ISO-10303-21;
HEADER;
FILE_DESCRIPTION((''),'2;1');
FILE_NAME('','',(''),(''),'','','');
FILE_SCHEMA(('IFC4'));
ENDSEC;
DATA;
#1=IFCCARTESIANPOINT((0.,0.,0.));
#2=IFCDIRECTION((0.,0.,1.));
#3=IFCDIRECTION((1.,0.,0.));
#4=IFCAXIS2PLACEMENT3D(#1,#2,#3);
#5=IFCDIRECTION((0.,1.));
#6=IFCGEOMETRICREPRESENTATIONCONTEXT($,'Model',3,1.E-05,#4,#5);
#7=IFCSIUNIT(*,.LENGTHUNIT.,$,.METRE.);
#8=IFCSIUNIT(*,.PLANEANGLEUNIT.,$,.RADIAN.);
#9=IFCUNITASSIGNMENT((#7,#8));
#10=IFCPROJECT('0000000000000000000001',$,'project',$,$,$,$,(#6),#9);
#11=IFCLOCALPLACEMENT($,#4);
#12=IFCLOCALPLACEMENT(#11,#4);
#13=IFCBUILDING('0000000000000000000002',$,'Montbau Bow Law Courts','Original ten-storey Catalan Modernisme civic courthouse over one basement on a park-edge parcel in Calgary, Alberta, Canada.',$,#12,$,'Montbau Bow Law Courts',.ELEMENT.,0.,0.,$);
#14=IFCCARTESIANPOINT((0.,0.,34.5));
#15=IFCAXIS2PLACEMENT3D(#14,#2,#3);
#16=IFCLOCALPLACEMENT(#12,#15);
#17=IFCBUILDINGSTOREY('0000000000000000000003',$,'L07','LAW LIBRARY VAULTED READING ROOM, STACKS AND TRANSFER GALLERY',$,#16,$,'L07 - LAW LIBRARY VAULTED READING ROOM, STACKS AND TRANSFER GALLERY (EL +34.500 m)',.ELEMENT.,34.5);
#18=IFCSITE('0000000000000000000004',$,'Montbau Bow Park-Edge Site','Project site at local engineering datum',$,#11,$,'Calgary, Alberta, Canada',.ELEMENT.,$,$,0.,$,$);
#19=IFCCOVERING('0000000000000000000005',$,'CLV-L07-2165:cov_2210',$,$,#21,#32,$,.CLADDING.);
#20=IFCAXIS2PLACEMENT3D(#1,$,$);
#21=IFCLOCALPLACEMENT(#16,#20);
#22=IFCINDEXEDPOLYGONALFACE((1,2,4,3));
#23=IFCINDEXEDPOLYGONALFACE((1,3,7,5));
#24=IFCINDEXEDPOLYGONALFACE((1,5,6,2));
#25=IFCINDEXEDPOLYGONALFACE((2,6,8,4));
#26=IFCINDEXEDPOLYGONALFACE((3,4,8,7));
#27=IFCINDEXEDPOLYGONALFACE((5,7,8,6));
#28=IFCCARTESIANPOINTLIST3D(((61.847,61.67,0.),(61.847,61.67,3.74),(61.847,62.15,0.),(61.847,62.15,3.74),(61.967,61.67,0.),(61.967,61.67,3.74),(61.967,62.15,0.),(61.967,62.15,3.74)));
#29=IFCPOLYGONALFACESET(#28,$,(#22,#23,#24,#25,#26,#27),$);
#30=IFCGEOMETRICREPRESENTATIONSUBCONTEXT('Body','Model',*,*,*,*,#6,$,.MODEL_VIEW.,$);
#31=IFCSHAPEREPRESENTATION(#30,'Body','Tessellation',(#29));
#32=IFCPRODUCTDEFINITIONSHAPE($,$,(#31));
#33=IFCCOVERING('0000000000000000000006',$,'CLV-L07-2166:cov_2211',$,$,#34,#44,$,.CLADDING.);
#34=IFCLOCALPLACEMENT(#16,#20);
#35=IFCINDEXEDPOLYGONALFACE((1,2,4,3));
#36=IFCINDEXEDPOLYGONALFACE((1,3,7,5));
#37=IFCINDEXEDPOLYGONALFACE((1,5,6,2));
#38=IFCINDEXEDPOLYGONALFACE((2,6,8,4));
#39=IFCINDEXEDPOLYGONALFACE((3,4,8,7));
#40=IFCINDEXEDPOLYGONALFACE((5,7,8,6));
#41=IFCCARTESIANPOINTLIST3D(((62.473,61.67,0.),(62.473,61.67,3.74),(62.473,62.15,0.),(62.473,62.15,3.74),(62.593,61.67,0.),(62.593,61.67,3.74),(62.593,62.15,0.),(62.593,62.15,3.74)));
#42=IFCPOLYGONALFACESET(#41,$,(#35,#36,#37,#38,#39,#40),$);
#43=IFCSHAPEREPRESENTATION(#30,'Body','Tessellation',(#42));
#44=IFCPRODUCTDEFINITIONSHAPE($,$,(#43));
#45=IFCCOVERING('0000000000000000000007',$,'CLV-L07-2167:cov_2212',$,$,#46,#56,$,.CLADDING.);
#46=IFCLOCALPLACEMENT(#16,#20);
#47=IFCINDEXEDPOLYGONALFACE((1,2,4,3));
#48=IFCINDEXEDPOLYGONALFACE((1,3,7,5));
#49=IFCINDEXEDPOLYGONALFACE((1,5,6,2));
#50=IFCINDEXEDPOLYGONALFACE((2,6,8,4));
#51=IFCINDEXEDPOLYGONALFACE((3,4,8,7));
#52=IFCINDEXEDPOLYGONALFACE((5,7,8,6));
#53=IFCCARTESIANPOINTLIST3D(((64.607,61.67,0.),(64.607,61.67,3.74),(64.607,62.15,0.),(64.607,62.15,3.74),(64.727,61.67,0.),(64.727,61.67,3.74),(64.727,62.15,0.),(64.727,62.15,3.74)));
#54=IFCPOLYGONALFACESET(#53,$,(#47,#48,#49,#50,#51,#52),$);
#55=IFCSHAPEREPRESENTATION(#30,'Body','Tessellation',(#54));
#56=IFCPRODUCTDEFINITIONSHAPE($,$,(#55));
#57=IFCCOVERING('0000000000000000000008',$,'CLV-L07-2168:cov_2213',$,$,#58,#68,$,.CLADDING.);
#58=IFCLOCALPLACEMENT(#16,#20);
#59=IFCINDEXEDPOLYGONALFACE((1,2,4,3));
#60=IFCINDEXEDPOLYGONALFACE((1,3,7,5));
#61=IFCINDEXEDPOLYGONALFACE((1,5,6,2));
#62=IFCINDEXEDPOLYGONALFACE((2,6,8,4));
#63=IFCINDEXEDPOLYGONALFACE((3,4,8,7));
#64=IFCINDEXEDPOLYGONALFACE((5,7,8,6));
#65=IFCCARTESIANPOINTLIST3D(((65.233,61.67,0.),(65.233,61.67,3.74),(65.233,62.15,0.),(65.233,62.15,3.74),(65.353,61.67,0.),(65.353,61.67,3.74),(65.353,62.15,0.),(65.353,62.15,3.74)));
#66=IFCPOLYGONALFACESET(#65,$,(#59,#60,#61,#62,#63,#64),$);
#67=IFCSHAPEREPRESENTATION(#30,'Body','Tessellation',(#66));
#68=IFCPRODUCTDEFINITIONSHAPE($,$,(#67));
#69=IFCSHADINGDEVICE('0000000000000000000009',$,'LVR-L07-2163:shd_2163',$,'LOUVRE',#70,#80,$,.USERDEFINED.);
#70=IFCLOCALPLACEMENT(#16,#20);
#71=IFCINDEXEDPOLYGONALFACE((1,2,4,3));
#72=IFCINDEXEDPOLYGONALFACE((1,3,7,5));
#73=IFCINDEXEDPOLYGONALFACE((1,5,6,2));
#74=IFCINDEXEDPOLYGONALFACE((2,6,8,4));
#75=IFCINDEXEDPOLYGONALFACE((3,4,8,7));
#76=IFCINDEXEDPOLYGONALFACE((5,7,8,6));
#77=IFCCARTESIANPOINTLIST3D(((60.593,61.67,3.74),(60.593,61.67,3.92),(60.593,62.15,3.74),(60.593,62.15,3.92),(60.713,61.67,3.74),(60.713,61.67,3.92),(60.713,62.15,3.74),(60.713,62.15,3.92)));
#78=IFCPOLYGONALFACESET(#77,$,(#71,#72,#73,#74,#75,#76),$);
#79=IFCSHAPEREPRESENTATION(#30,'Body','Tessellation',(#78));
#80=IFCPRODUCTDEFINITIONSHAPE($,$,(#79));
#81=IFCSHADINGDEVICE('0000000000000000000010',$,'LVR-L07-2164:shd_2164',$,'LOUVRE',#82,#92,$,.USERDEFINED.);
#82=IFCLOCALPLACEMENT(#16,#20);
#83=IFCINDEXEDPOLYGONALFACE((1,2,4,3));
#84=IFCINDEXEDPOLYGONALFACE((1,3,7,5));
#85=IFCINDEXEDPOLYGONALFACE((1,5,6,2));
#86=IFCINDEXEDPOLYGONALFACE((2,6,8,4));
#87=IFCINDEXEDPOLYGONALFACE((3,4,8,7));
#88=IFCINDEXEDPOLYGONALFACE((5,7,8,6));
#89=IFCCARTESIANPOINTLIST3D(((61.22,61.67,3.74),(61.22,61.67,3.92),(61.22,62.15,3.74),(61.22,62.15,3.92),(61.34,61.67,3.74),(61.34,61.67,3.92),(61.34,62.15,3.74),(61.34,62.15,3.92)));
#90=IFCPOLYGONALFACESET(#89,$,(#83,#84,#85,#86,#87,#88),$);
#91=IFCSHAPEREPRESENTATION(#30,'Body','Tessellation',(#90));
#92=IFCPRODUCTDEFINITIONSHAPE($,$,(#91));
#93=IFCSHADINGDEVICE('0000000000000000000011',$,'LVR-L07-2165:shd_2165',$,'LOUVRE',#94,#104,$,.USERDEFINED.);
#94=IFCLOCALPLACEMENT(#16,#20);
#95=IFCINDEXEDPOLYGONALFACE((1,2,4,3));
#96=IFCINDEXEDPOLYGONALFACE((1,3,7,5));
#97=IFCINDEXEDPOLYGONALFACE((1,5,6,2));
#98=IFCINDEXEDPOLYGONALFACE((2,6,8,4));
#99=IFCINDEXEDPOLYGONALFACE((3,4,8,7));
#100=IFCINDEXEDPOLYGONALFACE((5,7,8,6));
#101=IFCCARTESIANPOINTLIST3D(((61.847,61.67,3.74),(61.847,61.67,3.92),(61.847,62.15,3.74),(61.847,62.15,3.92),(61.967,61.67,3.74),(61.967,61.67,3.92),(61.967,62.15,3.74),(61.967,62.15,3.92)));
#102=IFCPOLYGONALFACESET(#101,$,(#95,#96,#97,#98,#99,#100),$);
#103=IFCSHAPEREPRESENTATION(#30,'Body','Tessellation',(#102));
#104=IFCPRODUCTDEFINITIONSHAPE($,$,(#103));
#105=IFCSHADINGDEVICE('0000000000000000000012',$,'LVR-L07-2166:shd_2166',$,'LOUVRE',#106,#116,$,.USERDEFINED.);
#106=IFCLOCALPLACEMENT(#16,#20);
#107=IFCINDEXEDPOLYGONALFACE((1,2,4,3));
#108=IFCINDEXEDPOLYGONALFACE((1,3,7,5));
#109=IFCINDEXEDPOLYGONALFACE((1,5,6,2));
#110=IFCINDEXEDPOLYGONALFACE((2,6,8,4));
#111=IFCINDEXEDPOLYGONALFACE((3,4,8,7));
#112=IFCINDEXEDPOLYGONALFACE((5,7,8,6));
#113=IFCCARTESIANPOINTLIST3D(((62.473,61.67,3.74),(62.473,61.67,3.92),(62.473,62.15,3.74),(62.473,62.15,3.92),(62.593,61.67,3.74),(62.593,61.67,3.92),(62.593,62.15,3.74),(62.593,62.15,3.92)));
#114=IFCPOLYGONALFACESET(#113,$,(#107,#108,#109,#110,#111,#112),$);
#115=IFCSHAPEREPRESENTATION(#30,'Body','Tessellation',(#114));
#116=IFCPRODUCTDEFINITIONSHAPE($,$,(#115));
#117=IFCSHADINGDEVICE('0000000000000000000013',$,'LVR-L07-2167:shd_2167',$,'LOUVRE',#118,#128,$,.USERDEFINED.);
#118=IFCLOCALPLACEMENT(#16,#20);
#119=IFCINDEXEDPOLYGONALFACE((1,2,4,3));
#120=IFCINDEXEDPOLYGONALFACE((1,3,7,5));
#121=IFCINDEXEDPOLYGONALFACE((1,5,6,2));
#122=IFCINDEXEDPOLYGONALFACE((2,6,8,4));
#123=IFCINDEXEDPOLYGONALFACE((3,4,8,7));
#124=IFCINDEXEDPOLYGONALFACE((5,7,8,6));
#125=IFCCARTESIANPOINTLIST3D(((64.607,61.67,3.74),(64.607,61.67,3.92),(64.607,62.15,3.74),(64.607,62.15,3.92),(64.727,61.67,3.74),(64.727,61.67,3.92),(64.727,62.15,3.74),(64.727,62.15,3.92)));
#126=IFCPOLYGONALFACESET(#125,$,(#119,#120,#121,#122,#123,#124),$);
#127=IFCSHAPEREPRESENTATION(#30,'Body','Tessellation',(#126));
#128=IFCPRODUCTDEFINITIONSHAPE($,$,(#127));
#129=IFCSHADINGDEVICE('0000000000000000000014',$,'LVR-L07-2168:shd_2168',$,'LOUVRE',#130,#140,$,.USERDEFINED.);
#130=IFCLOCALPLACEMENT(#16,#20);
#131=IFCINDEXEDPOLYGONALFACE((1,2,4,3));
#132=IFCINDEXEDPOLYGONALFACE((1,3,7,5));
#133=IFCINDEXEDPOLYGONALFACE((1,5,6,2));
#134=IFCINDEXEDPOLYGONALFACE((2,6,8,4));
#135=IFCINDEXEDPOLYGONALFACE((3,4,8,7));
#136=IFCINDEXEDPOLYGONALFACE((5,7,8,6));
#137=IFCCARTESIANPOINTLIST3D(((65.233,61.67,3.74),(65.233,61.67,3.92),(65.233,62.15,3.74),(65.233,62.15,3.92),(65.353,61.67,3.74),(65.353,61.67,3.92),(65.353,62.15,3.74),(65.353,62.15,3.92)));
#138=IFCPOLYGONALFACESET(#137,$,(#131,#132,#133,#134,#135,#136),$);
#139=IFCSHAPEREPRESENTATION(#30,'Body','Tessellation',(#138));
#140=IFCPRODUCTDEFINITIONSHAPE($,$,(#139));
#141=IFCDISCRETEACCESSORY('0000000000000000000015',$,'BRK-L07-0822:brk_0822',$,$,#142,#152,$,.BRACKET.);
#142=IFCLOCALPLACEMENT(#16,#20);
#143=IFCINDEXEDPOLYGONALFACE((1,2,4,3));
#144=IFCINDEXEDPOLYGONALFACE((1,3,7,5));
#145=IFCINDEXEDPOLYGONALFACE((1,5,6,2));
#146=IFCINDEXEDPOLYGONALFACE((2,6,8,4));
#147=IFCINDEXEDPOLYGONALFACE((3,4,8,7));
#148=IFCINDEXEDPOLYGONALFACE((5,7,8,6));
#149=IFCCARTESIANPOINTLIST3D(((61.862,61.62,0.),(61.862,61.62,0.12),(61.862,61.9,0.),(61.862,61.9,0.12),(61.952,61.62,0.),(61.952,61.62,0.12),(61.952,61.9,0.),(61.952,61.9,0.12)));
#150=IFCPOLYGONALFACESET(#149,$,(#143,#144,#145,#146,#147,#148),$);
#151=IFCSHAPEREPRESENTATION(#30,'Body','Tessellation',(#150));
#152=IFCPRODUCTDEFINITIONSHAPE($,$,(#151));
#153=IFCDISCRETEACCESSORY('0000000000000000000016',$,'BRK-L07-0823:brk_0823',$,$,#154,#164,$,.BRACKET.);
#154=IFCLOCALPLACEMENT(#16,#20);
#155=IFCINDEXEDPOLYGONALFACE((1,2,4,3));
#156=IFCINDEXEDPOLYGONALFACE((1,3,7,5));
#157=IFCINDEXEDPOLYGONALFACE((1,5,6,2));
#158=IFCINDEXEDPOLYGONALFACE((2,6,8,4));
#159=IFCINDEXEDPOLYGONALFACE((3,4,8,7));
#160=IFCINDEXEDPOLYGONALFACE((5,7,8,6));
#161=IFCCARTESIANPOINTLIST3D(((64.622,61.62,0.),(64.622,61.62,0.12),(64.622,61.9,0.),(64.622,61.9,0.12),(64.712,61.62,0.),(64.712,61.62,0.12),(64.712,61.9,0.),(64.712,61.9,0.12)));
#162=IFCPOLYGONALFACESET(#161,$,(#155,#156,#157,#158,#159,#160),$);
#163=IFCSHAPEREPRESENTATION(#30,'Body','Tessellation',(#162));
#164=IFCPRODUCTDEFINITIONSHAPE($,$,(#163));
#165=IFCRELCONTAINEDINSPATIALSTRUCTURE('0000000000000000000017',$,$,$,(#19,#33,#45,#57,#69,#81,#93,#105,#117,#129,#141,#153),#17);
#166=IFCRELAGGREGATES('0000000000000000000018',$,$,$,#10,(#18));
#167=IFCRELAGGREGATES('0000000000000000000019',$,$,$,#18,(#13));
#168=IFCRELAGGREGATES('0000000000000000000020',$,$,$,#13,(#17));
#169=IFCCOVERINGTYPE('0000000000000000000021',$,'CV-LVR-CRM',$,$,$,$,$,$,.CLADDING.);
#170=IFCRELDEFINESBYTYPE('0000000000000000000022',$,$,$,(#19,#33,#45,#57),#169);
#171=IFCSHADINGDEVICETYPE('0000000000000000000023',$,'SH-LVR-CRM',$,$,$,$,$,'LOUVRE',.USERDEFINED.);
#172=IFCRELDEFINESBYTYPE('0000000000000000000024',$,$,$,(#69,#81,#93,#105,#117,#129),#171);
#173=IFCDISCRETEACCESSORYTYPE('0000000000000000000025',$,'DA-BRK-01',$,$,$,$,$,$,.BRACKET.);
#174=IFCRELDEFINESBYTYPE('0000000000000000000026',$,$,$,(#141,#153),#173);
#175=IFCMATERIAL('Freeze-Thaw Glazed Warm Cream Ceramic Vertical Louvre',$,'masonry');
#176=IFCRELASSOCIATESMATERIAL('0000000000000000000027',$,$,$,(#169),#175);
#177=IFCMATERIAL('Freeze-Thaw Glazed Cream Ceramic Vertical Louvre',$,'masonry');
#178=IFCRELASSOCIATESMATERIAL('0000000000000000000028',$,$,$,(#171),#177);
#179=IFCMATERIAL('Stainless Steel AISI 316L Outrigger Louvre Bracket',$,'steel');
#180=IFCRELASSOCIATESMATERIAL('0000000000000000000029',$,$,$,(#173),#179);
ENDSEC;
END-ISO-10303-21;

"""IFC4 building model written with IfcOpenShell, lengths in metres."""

from ifc_helpers import new_model, si_unit, direction, frame, frame_2d, origin_with_axes, origin_2d_with_axis, place, context, subcontext, project, spatial, rectangle, extrude, material, type_object, element, save


model = new_model("IFC4")

# Units and contexts
model_context = context("Model", 3, precision=1e-05, world=origin_with_axes(), true_north=direction((0.0, 1.0)))
body_context = subcontext(model_context, "Body", "Model", "MODEL_VIEW")
ifc_project = project(units=[si_unit("LENGTHUNIT", "METRE"), si_unit("PLANEANGLEUNIT", "RADIAN")], contexts=[model_context])

# Site, building, storey
site_placement = place(None, origin_with_axes())
site = spatial("IfcSite", under=ifc_project, at=site_placement, Name="Montbau Bow Park-Edge Site", Description="Project site at local engineering datum", LongName="Calgary, Alberta, Canada", CompositionType="ELEMENT", RefElevation=0.0)
building_placement = place(site_placement, origin_with_axes())
building = spatial("IfcBuilding", under=site, at=building_placement, Name="Montbau Bow Law Courts", Description="Original ten-storey Catalan Modernisme civic courthouse over one basement on a park-edge parcel in Calgary, Alberta, Canada.", LongName="Montbau Bow Law Courts", CompositionType="ELEMENT", ElevationOfRefHeight=0.0, ElevationOfTerrain=0.0)
storey_placement = place(building_placement, frame((0.0, 0.0, 34.5), z_axis=(0.0, 0.0, 1.0), x_axis=(1.0, 0.0, 0.0)))
storey = spatial("IfcBuildingStorey", under=building, at=storey_placement, Name="L07", Description="LAW LIBRARY VAULTED READING ROOM, STACKS AND TRANSFER GALLERY", LongName="L07 - LAW LIBRARY VAULTED READING ROOM, STACKS AND TRANSFER GALLERY (EL +34.500 m)", CompositionType="ELEMENT", Elevation=34.5)

# Coverings
ifc_material_1 = material(Name="Freeze-Thaw Glazed Warm Cream Ceramic Vertical Louvre", Category="masonry")
covering_type = type_object("IfcCoveringType", Name="CV-LVR-CRM", PredefinedType="CLADDING", material=ifc_material_1)
for number, where, z_axis, x_axis, name in (
    (1, (61.907, 61.67, 34.5), (1.0, 0.0, 0.0), (0.0, 1.0, 0.0), "CLV-L07-2165:cov_2210"),
    (2, (62.533, 61.67, 34.5), (1.0, 0.0, 0.0), (0.0, 1.0, 0.0), "CLV-L07-2166:cov_2211"),
    (3, (64.667, 61.67, 34.5), (1.0, 0.0, 0.0), (0.0, 1.0, 0.0), "CLV-L07-2167:cov_2212"),
    (4, (65.293, 61.67, 34.5), (1.0, 0.0, 0.0), (0.0, 1.0, 0.0), "CLV-L07-2168:cov_2213"),
):
    element("IfcCovering", number, at=place(None, frame(where, z_axis=z_axis, x_axis=x_axis)), inside=storey, type_object=covering_type, Name=name, PredefinedType="CLADDING", context=body_context, shape_type="SweptSolid", body=[
        extrude(rectangle(XDim=0.48, YDim=3.74, at=frame_2d((0.24, 1.87), x_axis=(1.0, 0.0))), frame((0.0, 0.0, -0.06), z_axis=(0.0, 0.0, 1.0), x_axis=(1.0, 0.0, 0.0)), (0.0, 0.0, 1.0), 0.12),
    ])

# Shading devices
ifc_material_2 = material(Name="Freeze-Thaw Glazed Cream Ceramic Vertical Louvre", Category="masonry")
shading_device_type = type_object("IfcShadingDeviceType", Name="SH-LVR-CRM", ElementType="LOUVRE", PredefinedType="USERDEFINED", material=ifc_material_2)
for number, where, z_axis, x_axis, name in (
    (5, (60.653, 61.91, 38.24), (0.0, 0.0, 1.0), (0.0, 1.0, 0.0), "LVR-L07-2163:shd_2163"),
    (6, (61.28, 61.91, 38.24), (0.0, 0.0, 1.0), (0.0, 1.0, 0.0), "LVR-L07-2164:shd_2164"),
    (7, (61.907, 61.91, 38.24), (0.0, 0.0, 1.0), (0.0, 1.0, 0.0), "LVR-L07-2165:shd_2165"),
    (8, (62.533, 61.91, 38.24), (0.0, 0.0, 1.0), (0.0, 1.0, 0.0), "LVR-L07-2166:shd_2166"),
    (9, (64.667, 61.91, 38.24), (0.0, 0.0, 1.0), (0.0, 1.0, 0.0), "LVR-L07-2167:shd_2167"),
    (10, (65.293, 61.91, 38.24), (0.0, 0.0, 1.0), (0.0, 1.0, 0.0), "LVR-L07-2168:shd_2168"),
):
    element("IfcShadingDevice", number, at=place(None, frame(where, z_axis=z_axis, x_axis=x_axis)), inside=storey, type_object=shading_device_type, Name=name, ObjectType="LOUVRE", PredefinedType="USERDEFINED", context=body_context, shape_type="SweptSolid", body=[
        extrude(rectangle(XDim=0.48, YDim=0.12, at=origin_2d_with_axis()), origin_with_axes(), (0.0, 0.0, 1.0), 0.18),
    ])

# Discrete accessories
ifc_material_3 = material(Name="Stainless Steel AISI 316L Outrigger Louvre Bracket", Category="steel")
discrete_accessory_type = type_object("IfcDiscreteAccessoryType", Name="DA-BRK-01", PredefinedType="BRACKET", material=ifc_material_3)
for number, where, z_axis, x_axis, name in (
    (11, (61.907, 61.76, 34.5), (0.0, 0.0, 1.0), (0.0, 1.0, 0.0), "BRK-L07-0822:brk_0822"),
    (12, (64.667, 61.76, 34.5), (0.0, 0.0, 1.0), (0.0, 1.0, 0.0), "BRK-L07-0823:brk_0823"),
):
    element("IfcDiscreteAccessory", number, at=place(None, frame(where, z_axis=z_axis, x_axis=x_axis)), inside=storey, type_object=discrete_accessory_type, Name=name, PredefinedType="BRACKET", context=body_context, shape_type="SweptSolid", body=[
        extrude(rectangle(XDim=0.28, YDim=0.09, at=origin_2d_with_axis()), origin_with_axes(), (0.0, 0.0, 1.0), 0.12),
    ])

save(model, "model.ifc")
